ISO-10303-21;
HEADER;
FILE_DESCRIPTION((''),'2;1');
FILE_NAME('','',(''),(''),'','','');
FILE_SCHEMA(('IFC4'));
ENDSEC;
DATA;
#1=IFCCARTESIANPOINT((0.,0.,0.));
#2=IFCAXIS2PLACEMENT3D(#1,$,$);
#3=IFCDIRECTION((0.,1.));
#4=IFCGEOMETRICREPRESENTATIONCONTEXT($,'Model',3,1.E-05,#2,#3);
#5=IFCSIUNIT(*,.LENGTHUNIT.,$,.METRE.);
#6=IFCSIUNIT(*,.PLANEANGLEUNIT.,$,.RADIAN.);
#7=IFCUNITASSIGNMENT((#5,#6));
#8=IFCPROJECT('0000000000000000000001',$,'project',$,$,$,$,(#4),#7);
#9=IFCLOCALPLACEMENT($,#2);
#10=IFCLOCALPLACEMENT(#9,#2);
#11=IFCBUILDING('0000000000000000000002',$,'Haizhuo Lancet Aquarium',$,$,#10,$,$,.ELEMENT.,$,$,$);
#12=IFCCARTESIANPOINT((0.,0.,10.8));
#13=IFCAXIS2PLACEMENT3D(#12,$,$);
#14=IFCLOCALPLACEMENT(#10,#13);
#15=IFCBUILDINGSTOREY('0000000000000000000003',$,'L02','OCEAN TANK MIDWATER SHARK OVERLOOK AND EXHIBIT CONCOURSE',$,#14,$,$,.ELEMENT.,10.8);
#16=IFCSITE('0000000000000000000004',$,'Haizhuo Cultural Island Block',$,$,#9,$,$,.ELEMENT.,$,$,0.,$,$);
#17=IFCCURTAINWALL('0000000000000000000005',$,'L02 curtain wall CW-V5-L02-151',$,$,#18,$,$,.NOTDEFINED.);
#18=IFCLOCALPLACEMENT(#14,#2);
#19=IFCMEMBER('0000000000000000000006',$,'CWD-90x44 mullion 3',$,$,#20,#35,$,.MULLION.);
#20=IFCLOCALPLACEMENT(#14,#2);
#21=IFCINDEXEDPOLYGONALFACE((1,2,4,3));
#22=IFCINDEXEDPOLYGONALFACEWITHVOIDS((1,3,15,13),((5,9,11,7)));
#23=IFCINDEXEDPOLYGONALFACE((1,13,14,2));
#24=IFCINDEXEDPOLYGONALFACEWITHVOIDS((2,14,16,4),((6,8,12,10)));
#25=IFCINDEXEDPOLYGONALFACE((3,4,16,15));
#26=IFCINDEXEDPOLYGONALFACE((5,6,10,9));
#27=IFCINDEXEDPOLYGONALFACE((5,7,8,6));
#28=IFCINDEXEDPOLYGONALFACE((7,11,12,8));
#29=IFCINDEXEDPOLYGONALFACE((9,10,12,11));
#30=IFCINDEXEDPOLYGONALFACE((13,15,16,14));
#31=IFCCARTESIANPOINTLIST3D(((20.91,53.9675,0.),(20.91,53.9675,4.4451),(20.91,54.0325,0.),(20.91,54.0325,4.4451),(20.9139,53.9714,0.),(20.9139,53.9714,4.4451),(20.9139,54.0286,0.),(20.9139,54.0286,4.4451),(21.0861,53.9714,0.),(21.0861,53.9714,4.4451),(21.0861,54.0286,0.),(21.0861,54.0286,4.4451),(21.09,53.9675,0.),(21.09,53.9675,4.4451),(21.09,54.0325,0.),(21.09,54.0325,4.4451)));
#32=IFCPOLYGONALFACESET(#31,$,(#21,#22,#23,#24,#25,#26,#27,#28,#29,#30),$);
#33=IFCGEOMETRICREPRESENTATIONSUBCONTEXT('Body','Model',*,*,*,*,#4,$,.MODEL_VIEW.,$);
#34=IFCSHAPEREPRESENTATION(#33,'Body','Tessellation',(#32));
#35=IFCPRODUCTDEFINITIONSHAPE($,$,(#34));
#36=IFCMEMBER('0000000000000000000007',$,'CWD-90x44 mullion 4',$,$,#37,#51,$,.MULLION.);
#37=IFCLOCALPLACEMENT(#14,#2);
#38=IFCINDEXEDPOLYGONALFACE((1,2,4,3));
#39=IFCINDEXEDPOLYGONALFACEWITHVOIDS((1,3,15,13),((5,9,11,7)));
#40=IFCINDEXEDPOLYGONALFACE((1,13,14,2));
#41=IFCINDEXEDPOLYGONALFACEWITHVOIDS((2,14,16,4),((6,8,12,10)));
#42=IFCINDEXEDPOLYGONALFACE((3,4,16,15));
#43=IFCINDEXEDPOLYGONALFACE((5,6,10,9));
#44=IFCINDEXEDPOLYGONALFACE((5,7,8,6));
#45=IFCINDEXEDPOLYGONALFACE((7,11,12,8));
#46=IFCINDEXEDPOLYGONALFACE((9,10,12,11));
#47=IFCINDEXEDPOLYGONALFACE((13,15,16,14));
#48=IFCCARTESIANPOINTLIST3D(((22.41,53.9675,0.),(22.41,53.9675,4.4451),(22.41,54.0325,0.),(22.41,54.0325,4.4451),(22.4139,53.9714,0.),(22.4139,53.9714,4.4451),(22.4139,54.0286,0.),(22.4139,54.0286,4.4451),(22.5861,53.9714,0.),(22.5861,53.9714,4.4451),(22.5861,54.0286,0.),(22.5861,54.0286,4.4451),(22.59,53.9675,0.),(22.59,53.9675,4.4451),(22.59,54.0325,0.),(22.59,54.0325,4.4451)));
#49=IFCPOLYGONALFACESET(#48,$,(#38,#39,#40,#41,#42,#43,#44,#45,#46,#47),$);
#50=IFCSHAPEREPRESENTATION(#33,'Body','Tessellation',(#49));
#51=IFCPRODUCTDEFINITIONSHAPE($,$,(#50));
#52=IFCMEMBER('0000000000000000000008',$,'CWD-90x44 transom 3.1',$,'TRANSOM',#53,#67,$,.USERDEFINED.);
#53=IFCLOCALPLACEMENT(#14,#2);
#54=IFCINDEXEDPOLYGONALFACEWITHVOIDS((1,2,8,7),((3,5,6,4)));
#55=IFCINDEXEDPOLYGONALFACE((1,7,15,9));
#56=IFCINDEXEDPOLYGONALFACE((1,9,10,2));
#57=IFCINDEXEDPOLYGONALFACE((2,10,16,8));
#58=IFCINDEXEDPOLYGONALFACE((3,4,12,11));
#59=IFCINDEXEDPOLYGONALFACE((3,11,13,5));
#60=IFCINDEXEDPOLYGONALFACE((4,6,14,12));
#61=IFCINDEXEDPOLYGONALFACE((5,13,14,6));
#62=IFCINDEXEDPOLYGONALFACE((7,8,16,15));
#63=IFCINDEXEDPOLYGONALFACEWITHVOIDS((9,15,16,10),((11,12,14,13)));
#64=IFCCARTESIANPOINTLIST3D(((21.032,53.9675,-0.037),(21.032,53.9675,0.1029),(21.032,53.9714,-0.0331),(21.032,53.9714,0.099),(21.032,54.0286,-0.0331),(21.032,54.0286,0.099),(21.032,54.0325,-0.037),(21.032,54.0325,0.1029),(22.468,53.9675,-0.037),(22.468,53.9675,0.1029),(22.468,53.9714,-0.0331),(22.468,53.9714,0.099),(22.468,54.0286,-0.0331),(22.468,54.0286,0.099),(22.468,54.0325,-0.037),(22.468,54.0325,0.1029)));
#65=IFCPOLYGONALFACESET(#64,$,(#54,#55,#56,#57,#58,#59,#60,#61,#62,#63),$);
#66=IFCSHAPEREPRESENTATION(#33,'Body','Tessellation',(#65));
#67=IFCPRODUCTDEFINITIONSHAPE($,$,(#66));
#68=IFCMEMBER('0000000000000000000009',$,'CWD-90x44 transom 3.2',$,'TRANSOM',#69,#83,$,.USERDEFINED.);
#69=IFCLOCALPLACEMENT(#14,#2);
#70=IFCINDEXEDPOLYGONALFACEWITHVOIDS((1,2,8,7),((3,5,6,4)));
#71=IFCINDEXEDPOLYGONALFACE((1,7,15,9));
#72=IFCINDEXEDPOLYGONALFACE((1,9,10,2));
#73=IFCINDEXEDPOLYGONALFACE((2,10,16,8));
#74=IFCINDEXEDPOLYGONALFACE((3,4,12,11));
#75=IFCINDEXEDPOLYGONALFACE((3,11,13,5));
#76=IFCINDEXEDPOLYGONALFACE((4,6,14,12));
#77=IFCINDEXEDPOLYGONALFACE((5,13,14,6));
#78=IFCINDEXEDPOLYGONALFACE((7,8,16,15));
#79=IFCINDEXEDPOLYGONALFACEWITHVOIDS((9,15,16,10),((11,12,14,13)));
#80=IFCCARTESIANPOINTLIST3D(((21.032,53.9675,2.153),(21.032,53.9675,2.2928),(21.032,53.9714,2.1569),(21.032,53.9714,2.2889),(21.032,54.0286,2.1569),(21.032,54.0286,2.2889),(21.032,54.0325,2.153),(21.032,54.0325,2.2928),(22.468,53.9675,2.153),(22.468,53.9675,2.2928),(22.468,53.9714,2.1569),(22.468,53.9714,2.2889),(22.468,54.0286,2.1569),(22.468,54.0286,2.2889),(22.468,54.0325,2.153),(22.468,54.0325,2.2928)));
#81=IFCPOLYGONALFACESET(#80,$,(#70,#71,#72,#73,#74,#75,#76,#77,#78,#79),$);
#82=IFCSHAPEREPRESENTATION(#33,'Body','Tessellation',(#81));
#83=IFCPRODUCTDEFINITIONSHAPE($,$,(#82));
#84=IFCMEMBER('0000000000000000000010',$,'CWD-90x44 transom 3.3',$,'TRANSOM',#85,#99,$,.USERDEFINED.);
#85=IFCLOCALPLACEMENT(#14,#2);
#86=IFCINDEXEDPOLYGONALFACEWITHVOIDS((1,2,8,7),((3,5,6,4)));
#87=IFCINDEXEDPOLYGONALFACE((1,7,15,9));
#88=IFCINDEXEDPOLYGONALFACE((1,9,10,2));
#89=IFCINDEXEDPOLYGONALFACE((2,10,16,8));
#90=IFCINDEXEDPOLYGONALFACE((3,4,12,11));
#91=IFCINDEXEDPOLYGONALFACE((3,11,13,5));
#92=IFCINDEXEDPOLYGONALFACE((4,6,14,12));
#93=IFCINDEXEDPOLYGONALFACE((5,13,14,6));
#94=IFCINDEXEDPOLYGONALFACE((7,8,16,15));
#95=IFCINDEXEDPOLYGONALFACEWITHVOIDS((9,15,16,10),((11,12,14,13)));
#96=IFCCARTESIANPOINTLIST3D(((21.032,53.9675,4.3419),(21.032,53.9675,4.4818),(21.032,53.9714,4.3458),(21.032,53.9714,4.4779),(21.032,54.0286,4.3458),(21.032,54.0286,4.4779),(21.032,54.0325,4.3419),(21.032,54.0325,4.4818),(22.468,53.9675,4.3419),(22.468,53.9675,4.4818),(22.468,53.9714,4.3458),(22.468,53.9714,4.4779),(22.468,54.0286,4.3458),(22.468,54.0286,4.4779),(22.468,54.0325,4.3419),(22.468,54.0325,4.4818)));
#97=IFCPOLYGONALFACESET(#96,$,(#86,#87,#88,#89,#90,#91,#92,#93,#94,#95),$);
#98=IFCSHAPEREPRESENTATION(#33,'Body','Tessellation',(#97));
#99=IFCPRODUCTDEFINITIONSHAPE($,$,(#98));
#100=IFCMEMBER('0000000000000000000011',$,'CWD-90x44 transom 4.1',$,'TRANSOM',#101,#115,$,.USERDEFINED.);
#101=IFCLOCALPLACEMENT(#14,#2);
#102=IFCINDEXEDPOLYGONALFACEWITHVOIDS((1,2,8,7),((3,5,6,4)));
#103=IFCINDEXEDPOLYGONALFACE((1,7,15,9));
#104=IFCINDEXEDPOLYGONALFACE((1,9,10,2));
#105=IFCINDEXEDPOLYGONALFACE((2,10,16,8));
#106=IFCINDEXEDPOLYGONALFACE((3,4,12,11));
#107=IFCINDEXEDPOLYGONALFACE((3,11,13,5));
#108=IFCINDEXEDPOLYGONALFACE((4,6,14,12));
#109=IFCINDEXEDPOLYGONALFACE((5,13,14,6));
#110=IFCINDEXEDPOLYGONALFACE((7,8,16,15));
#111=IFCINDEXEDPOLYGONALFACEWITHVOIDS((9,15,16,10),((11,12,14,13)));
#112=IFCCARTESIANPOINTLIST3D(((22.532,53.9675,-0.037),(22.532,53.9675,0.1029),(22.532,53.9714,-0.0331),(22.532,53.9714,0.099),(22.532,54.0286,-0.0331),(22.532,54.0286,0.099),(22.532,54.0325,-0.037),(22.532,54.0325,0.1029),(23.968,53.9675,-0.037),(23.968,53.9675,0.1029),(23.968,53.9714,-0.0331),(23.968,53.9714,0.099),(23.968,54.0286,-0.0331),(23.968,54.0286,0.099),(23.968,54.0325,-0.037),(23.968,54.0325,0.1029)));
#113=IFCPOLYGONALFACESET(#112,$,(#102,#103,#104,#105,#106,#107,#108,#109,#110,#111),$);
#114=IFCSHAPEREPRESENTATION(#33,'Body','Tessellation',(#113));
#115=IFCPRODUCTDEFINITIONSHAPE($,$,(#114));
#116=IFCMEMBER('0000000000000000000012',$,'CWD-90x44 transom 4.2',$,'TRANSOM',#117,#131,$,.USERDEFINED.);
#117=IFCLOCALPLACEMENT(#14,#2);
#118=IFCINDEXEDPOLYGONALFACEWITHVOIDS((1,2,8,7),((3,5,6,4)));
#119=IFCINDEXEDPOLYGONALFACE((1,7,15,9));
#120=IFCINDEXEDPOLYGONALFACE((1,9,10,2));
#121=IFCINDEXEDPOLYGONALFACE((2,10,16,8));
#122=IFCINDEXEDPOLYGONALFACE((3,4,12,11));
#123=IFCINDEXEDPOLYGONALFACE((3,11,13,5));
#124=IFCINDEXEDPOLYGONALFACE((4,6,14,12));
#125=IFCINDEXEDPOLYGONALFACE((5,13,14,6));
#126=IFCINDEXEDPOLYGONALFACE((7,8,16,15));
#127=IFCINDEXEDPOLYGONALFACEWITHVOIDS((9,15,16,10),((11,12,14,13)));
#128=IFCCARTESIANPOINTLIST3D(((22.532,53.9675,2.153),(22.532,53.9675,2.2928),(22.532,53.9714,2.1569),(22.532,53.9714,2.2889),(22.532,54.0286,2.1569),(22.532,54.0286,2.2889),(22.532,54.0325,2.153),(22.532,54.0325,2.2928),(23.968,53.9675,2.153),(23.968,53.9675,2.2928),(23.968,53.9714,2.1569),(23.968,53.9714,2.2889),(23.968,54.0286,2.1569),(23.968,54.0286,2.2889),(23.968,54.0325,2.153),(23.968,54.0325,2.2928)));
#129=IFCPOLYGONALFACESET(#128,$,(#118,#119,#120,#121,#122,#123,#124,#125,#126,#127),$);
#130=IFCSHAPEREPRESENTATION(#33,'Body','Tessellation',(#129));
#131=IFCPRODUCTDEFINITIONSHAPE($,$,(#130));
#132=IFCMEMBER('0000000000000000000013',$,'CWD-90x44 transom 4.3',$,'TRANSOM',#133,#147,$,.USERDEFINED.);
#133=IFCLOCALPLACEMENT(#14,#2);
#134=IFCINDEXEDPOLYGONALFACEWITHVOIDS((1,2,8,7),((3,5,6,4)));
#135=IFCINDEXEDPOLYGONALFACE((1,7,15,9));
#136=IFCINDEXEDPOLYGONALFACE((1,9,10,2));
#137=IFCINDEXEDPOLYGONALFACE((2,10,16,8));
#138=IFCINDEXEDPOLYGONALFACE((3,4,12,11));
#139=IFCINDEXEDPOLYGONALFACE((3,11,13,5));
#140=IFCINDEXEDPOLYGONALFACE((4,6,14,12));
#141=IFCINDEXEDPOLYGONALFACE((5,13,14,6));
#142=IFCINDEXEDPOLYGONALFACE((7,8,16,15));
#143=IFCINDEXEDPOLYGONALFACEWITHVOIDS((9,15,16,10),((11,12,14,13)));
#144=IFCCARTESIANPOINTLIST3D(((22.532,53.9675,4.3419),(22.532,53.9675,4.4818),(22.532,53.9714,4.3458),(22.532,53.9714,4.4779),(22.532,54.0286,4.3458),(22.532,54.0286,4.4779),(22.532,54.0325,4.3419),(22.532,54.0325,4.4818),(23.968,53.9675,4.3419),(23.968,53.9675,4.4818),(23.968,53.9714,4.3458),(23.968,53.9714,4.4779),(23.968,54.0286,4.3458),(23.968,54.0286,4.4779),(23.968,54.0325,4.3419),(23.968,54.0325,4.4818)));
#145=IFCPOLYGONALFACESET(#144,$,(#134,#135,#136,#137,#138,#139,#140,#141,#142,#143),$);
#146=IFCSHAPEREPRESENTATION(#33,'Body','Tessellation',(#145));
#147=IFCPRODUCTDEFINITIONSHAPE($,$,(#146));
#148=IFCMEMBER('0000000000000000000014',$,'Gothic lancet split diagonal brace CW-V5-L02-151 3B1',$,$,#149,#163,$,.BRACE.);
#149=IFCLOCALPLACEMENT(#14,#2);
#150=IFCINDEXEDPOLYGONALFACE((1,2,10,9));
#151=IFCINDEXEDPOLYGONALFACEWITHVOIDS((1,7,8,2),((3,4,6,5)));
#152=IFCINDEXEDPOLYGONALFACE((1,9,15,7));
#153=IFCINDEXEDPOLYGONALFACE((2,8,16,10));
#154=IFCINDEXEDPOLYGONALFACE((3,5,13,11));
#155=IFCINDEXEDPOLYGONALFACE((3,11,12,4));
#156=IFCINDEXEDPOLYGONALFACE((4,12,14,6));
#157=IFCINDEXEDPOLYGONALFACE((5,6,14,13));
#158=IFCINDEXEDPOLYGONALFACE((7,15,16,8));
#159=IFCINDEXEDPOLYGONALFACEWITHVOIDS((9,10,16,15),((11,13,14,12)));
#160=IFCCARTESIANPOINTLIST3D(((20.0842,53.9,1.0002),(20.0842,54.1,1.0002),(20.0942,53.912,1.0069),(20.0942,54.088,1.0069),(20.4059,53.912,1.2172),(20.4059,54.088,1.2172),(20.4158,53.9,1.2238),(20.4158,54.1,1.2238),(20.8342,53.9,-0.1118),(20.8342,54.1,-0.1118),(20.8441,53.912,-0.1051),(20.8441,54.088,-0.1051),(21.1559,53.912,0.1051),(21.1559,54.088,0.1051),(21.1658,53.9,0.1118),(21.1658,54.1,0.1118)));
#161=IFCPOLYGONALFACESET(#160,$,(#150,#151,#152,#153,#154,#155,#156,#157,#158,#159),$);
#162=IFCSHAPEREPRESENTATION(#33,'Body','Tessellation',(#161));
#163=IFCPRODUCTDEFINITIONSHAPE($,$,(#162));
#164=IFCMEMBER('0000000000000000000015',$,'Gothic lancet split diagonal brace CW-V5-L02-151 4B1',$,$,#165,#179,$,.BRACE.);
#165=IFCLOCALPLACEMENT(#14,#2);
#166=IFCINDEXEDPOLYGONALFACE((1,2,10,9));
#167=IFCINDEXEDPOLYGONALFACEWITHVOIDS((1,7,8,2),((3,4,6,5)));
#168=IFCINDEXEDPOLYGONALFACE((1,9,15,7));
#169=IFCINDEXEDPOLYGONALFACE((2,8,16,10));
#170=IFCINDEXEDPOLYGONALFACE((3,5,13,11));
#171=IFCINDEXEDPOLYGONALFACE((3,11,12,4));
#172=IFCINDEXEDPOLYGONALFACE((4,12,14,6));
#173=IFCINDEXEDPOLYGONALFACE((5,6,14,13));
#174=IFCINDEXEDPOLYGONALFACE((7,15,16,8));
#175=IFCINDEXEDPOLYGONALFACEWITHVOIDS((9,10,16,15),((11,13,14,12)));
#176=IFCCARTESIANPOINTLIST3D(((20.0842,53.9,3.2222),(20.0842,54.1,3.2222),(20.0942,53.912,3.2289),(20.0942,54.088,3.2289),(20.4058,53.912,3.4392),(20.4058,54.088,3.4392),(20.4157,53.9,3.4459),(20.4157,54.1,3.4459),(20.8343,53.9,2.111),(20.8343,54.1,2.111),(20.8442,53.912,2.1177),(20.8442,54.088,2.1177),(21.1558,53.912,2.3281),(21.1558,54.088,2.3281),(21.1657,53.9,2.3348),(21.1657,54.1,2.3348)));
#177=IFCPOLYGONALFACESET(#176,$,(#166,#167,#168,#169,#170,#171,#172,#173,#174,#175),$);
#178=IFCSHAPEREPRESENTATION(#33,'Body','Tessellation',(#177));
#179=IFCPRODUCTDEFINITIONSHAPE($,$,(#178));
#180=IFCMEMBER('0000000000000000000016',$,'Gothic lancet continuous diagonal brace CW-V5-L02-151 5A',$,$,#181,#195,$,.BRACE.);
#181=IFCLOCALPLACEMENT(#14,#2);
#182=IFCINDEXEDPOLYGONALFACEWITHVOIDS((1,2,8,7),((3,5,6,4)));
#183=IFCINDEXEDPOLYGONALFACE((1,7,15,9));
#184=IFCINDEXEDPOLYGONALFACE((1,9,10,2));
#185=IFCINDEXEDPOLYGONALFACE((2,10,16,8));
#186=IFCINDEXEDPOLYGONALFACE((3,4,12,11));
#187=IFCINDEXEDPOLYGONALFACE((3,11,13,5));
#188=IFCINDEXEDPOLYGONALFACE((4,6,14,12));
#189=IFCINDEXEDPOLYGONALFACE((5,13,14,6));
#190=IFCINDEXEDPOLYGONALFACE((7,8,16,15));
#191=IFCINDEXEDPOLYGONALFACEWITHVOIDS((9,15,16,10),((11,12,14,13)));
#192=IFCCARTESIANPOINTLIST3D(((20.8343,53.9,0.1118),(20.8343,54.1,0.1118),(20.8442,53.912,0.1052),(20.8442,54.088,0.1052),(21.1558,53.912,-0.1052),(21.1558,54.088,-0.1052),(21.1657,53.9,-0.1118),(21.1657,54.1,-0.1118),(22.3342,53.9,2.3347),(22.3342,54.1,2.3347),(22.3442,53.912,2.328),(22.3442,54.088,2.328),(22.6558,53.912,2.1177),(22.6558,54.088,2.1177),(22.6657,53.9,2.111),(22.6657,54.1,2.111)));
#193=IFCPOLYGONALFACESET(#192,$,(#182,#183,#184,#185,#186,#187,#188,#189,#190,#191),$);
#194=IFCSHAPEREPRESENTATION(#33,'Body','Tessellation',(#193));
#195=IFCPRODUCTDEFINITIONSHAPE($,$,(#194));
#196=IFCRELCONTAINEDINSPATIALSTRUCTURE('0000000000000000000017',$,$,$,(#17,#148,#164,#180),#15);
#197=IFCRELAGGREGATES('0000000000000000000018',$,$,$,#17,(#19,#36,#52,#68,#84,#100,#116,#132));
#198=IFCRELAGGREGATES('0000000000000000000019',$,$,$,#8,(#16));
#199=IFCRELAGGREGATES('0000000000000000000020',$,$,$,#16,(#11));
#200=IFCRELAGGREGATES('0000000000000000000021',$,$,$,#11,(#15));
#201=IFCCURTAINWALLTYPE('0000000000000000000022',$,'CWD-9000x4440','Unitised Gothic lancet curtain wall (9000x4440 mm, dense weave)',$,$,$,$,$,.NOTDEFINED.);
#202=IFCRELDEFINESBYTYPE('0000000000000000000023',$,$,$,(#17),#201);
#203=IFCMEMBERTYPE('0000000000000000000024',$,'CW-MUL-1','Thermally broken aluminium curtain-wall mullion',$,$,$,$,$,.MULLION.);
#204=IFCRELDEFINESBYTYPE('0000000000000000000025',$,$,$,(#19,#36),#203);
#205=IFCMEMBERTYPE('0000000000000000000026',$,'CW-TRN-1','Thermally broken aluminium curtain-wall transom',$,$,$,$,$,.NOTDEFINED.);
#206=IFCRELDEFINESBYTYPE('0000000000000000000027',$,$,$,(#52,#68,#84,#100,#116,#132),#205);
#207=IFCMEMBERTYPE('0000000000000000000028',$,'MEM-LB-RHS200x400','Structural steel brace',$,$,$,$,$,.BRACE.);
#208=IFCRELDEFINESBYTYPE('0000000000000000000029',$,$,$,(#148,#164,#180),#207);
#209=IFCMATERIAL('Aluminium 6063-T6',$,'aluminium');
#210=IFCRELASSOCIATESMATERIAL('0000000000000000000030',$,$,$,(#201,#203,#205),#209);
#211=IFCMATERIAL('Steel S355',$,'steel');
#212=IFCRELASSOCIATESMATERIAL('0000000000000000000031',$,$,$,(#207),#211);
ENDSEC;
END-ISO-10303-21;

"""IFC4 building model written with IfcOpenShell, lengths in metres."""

from ifc_helpers import new_model, si_unit, direction, frame, origin, origin_2d, place, context, subcontext, project, spatial, hollow_rectangle, extrude, material, material_profile, profile_set, type_object, element, aggregate, save


model = new_model("IFC4")

# Units and contexts
model_context = context("Model", 3, precision=1e-05, world=origin(), true_north=direction((0.0, 1.0)))
body_context = subcontext(model_context, "Body", "Model", "MODEL_VIEW")
ifc_project = project(units=[si_unit("LENGTHUNIT", "METRE"), si_unit("PLANEANGLEUNIT", "RADIAN")], contexts=[model_context])

# Site, building, storey
site_placement = place(None, origin())
site = spatial("IfcSite", under=ifc_project, at=site_placement, Name="Haizhuo Cultural Island Block", CompositionType="ELEMENT", RefElevation=0.0)
building_placement = place(site_placement, origin())
building = spatial("IfcBuilding", under=site, at=building_placement, Name="Haizhuo Lancet Aquarium", CompositionType="ELEMENT")
storey_placement = place(building_placement, frame((0.0, 0.0, 10.8)))
storey = spatial("IfcBuildingStorey", under=building, at=storey_placement, Name="L02", Description="OCEAN TANK MIDWATER SHARK OVERLOOK AND EXHIBIT CONCOURSE", CompositionType="ELEMENT", Elevation=10.8)

# Curtain wall, members
ifc_material_1 = material(Name="Aluminium 6063-T6", Category="aluminium")
curtain_wall_type = type_object("IfcCurtainWallType", Name="CWD-9000x4440", Description="Unitised Gothic lancet curtain wall (9000x4440 mm, dense weave)", PredefinedType="NOTDEFINED", material=ifc_material_1)
curtain_wall_placement = place(storey_placement, origin())
curtain_wall = element("IfcCurtainWall", 1, at=curtain_wall_placement, inside=storey, type_object=curtain_wall_type, Name="L02 curtain wall CW-V5-L02-151", PredefinedType="NOTDEFINED")
ifc_material_profile_1 = material_profile(ifc_material_1, hollow_rectangle(XDim=0.0649, YDim=0.1799, WallThickness=0.0039, at=origin_2d()), Name="ALU-M 65x180x4")
ifc_profile_set_1 = profile_set([ifc_material_profile_1], Name="Aluminium 6063-T6")
member_type_1 = type_object("IfcMemberType", Name="CW-MUL-1", Description="Thermally broken aluminium curtain-wall mullion", PredefinedType="MULLION", material=ifc_profile_set_1)
member_1_placement = place(storey_placement, frame((21.0, 54.0, 0.0), z_axis=(0.0, 0.0, 1.0), x_axis=(0.0, 1.0, 0.0)))
member_1 = element("IfcMember", 2, at=member_1_placement, type_object=member_type_1, Name="CWD-90x44 mullion 3", PredefinedType="MULLION", context=body_context, shape_type="SweptSolid", body=[
    extrude(hollow_rectangle(XDim=0.0649, YDim=0.1799, WallThickness=0.0039, at=origin_2d()), origin(), (0.0, 0.0, 1.0), 4.4451),
])
member_2_placement = place(storey_placement, frame((22.5, 54.0, 0.0), z_axis=(0.0, 0.0, 1.0), x_axis=(0.0, 1.0, 0.0)))
member_2 = element("IfcMember", 3, at=member_2_placement, type_object=member_type_1, Name="CWD-90x44 mullion 4", PredefinedType="MULLION", context=body_context, shape_type="SweptSolid", body=[
    extrude(hollow_rectangle(XDim=0.0649, YDim=0.1799, WallThickness=0.0039, at=origin_2d()), origin(), (0.0, 0.0, 1.0), 4.4451),
])
ifc_material_profile_2 = material_profile(ifc_material_1, hollow_rectangle(XDim=0.0649, YDim=0.1399, WallThickness=0.0039, at=origin_2d()), Name="ALU-T 65x140x4")
ifc_profile_set_2 = profile_set([ifc_material_profile_2], Name="Aluminium 6063-T6")
member_type_2 = type_object("IfcMemberType", Name="CW-TRN-1", Description="Thermally broken aluminium curtain-wall transom", PredefinedType="NOTDEFINED", material=ifc_profile_set_2)
member_3_placement = place(storey_placement, frame((21.032, 54.0, 0.033), z_axis=(1.0, 0.0, 0.0), x_axis=(0.0, 1.0, 0.0)))
member_3 = element("IfcMember", 4, at=member_3_placement, type_object=member_type_2, Name="CWD-90x44 transom 3.1", ObjectType="TRANSOM", PredefinedType="USERDEFINED", context=body_context, shape_type="SweptSolid", body=[
    extrude(hollow_rectangle(XDim=0.0649, YDim=0.1399, WallThickness=0.0039, at=origin_2d()), origin(), (0.0, 0.0, 1.0), 1.436),
])
member_4_placement = place(storey_placement, frame((21.032, 54.0, 2.2229), z_axis=(1.0, 0.0, 0.0), x_axis=(0.0, 1.0, 0.0)))
member_4 = element("IfcMember", 5, at=member_4_placement, type_object=member_type_2, Name="CWD-90x44 transom 3.2", ObjectType="TRANSOM", PredefinedType="USERDEFINED", context=body_context, shape_type="SweptSolid", body=[
    extrude(hollow_rectangle(XDim=0.0649, YDim=0.1399, WallThickness=0.0039, at=origin_2d()), origin(), (0.0, 0.0, 1.0), 1.436),
])
member_5_placement = place(storey_placement, frame((21.032, 54.0, 4.4119), z_axis=(1.0, 0.0, 0.0), x_axis=(0.0, 1.0, 0.0)))
member_5 = element("IfcMember", 6, at=member_5_placement, type_object=member_type_2, Name="CWD-90x44 transom 3.3", ObjectType="TRANSOM", PredefinedType="USERDEFINED", context=body_context, shape_type="SweptSolid", body=[
    extrude(hollow_rectangle(XDim=0.0649, YDim=0.1399, WallThickness=0.0039, at=origin_2d()), origin(), (0.0, 0.0, 1.0), 1.436),
])
member_6_placement = place(storey_placement, frame((22.532, 54.0, 0.033), z_axis=(1.0, 0.0, 0.0), x_axis=(0.0, 1.0, 0.0)))
member_6 = element("IfcMember", 7, at=member_6_placement, type_object=member_type_2, Name="CWD-90x44 transom 4.1", ObjectType="TRANSOM", PredefinedType="USERDEFINED", context=body_context, shape_type="SweptSolid", body=[
    extrude(hollow_rectangle(XDim=0.0649, YDim=0.1399, WallThickness=0.0039, at=origin_2d()), origin(), (0.0, 0.0, 1.0), 1.436),
])
member_7_placement = place(storey_placement, frame((22.532, 54.0, 2.2229), z_axis=(1.0, 0.0, 0.0), x_axis=(0.0, 1.0, 0.0)))
member_7 = element("IfcMember", 8, at=member_7_placement, type_object=member_type_2, Name="CWD-90x44 transom 4.2", ObjectType="TRANSOM", PredefinedType="USERDEFINED", context=body_context, shape_type="SweptSolid", body=[
    extrude(hollow_rectangle(XDim=0.0649, YDim=0.1399, WallThickness=0.0039, at=origin_2d()), origin(), (0.0, 0.0, 1.0), 1.436),
])
member_8_placement = place(storey_placement, frame((22.532, 54.0, 4.4119), z_axis=(1.0, 0.0, 0.0), x_axis=(0.0, 1.0, 0.0)))
member_8 = element("IfcMember", 9, at=member_8_placement, type_object=member_type_2, Name="CWD-90x44 transom 4.3", ObjectType="TRANSOM", PredefinedType="USERDEFINED", context=body_context, shape_type="SweptSolid", body=[
    extrude(hollow_rectangle(XDim=0.0649, YDim=0.1399, WallThickness=0.0039, at=origin_2d()), origin(), (0.0, 0.0, 1.0), 1.436),
])

# Members
ifc_material_2 = material(Name="Steel S355", Category="steel")
ifc_material_profile_3 = material_profile(ifc_material_2, hollow_rectangle(XDim=0.2, YDim=0.3999, WallThickness=0.012, at=origin_2d()), Name="RHS 200x400x12")
ifc_profile_set_3 = profile_set([ifc_material_profile_3], Name="Steel S355")
member_type_3 = type_object("IfcMemberType", Name="MEM-LB-RHS200x400", Description="Structural steel brace", PredefinedType="BRACE", material=ifc_profile_set_3)
member_9_placement = place(storey_placement, frame((21.0, 54.0, 0.0), z_axis=(-0.559145, 0.0, 0.82907), x_axis=(0.0, -1.0, 0.0)))
element("IfcMember", 10, at=member_9_placement, inside=storey, type_object=member_type_3, Name="Gothic lancet split diagonal brace CW-V5-L02-151 3B1", PredefinedType="BRACE", context=body_context, shape_type="SweptSolid", body=[
    extrude(hollow_rectangle(XDim=0.2, YDim=0.3999, WallThickness=0.012, at=origin_2d()), origin(), (0.0, 0.0, 1.0), 1.3413),
])
member_10_placement = place(storey_placement, frame((21.0, 54.0, 2.2229), z_axis=(-0.559482, 0.0, 0.828842), x_axis=(0.0, -1.0, 0.0)))
element("IfcMember", 11, at=member_10_placement, inside=storey, type_object=member_type_3, Name="Gothic lancet split diagonal brace CW-V5-L02-151 4B1", PredefinedType="BRACE", context=body_context, shape_type="SweptSolid", body=[
    extrude(hollow_rectangle(XDim=0.2, YDim=0.3999, WallThickness=0.012, at=origin_2d()), origin(), (0.0, 0.0, 1.0), 1.3406),
])
member_11_placement = place(storey_placement, frame((21.0, 54.0, 0.0), z_axis=(0.559356, 0.0, 0.828928), x_axis=(0.0, 1.0, 0.0)))
element("IfcMember", 12, at=member_11_placement, inside=storey, type_object=member_type_3, Name="Gothic lancet continuous diagonal brace CW-V5-L02-151 5A", PredefinedType="BRACE", context=body_context, shape_type="SweptSolid", body=[
    extrude(hollow_rectangle(XDim=0.2, YDim=0.3999, WallThickness=0.012, at=origin_2d()), origin(), (0.0, 0.0, 1.0), 2.6816),
])

aggregate(curtain_wall, [member_1, member_2, member_3, member_4, member_5, member_6, member_7, member_8])

save(model, "model.ifc")
